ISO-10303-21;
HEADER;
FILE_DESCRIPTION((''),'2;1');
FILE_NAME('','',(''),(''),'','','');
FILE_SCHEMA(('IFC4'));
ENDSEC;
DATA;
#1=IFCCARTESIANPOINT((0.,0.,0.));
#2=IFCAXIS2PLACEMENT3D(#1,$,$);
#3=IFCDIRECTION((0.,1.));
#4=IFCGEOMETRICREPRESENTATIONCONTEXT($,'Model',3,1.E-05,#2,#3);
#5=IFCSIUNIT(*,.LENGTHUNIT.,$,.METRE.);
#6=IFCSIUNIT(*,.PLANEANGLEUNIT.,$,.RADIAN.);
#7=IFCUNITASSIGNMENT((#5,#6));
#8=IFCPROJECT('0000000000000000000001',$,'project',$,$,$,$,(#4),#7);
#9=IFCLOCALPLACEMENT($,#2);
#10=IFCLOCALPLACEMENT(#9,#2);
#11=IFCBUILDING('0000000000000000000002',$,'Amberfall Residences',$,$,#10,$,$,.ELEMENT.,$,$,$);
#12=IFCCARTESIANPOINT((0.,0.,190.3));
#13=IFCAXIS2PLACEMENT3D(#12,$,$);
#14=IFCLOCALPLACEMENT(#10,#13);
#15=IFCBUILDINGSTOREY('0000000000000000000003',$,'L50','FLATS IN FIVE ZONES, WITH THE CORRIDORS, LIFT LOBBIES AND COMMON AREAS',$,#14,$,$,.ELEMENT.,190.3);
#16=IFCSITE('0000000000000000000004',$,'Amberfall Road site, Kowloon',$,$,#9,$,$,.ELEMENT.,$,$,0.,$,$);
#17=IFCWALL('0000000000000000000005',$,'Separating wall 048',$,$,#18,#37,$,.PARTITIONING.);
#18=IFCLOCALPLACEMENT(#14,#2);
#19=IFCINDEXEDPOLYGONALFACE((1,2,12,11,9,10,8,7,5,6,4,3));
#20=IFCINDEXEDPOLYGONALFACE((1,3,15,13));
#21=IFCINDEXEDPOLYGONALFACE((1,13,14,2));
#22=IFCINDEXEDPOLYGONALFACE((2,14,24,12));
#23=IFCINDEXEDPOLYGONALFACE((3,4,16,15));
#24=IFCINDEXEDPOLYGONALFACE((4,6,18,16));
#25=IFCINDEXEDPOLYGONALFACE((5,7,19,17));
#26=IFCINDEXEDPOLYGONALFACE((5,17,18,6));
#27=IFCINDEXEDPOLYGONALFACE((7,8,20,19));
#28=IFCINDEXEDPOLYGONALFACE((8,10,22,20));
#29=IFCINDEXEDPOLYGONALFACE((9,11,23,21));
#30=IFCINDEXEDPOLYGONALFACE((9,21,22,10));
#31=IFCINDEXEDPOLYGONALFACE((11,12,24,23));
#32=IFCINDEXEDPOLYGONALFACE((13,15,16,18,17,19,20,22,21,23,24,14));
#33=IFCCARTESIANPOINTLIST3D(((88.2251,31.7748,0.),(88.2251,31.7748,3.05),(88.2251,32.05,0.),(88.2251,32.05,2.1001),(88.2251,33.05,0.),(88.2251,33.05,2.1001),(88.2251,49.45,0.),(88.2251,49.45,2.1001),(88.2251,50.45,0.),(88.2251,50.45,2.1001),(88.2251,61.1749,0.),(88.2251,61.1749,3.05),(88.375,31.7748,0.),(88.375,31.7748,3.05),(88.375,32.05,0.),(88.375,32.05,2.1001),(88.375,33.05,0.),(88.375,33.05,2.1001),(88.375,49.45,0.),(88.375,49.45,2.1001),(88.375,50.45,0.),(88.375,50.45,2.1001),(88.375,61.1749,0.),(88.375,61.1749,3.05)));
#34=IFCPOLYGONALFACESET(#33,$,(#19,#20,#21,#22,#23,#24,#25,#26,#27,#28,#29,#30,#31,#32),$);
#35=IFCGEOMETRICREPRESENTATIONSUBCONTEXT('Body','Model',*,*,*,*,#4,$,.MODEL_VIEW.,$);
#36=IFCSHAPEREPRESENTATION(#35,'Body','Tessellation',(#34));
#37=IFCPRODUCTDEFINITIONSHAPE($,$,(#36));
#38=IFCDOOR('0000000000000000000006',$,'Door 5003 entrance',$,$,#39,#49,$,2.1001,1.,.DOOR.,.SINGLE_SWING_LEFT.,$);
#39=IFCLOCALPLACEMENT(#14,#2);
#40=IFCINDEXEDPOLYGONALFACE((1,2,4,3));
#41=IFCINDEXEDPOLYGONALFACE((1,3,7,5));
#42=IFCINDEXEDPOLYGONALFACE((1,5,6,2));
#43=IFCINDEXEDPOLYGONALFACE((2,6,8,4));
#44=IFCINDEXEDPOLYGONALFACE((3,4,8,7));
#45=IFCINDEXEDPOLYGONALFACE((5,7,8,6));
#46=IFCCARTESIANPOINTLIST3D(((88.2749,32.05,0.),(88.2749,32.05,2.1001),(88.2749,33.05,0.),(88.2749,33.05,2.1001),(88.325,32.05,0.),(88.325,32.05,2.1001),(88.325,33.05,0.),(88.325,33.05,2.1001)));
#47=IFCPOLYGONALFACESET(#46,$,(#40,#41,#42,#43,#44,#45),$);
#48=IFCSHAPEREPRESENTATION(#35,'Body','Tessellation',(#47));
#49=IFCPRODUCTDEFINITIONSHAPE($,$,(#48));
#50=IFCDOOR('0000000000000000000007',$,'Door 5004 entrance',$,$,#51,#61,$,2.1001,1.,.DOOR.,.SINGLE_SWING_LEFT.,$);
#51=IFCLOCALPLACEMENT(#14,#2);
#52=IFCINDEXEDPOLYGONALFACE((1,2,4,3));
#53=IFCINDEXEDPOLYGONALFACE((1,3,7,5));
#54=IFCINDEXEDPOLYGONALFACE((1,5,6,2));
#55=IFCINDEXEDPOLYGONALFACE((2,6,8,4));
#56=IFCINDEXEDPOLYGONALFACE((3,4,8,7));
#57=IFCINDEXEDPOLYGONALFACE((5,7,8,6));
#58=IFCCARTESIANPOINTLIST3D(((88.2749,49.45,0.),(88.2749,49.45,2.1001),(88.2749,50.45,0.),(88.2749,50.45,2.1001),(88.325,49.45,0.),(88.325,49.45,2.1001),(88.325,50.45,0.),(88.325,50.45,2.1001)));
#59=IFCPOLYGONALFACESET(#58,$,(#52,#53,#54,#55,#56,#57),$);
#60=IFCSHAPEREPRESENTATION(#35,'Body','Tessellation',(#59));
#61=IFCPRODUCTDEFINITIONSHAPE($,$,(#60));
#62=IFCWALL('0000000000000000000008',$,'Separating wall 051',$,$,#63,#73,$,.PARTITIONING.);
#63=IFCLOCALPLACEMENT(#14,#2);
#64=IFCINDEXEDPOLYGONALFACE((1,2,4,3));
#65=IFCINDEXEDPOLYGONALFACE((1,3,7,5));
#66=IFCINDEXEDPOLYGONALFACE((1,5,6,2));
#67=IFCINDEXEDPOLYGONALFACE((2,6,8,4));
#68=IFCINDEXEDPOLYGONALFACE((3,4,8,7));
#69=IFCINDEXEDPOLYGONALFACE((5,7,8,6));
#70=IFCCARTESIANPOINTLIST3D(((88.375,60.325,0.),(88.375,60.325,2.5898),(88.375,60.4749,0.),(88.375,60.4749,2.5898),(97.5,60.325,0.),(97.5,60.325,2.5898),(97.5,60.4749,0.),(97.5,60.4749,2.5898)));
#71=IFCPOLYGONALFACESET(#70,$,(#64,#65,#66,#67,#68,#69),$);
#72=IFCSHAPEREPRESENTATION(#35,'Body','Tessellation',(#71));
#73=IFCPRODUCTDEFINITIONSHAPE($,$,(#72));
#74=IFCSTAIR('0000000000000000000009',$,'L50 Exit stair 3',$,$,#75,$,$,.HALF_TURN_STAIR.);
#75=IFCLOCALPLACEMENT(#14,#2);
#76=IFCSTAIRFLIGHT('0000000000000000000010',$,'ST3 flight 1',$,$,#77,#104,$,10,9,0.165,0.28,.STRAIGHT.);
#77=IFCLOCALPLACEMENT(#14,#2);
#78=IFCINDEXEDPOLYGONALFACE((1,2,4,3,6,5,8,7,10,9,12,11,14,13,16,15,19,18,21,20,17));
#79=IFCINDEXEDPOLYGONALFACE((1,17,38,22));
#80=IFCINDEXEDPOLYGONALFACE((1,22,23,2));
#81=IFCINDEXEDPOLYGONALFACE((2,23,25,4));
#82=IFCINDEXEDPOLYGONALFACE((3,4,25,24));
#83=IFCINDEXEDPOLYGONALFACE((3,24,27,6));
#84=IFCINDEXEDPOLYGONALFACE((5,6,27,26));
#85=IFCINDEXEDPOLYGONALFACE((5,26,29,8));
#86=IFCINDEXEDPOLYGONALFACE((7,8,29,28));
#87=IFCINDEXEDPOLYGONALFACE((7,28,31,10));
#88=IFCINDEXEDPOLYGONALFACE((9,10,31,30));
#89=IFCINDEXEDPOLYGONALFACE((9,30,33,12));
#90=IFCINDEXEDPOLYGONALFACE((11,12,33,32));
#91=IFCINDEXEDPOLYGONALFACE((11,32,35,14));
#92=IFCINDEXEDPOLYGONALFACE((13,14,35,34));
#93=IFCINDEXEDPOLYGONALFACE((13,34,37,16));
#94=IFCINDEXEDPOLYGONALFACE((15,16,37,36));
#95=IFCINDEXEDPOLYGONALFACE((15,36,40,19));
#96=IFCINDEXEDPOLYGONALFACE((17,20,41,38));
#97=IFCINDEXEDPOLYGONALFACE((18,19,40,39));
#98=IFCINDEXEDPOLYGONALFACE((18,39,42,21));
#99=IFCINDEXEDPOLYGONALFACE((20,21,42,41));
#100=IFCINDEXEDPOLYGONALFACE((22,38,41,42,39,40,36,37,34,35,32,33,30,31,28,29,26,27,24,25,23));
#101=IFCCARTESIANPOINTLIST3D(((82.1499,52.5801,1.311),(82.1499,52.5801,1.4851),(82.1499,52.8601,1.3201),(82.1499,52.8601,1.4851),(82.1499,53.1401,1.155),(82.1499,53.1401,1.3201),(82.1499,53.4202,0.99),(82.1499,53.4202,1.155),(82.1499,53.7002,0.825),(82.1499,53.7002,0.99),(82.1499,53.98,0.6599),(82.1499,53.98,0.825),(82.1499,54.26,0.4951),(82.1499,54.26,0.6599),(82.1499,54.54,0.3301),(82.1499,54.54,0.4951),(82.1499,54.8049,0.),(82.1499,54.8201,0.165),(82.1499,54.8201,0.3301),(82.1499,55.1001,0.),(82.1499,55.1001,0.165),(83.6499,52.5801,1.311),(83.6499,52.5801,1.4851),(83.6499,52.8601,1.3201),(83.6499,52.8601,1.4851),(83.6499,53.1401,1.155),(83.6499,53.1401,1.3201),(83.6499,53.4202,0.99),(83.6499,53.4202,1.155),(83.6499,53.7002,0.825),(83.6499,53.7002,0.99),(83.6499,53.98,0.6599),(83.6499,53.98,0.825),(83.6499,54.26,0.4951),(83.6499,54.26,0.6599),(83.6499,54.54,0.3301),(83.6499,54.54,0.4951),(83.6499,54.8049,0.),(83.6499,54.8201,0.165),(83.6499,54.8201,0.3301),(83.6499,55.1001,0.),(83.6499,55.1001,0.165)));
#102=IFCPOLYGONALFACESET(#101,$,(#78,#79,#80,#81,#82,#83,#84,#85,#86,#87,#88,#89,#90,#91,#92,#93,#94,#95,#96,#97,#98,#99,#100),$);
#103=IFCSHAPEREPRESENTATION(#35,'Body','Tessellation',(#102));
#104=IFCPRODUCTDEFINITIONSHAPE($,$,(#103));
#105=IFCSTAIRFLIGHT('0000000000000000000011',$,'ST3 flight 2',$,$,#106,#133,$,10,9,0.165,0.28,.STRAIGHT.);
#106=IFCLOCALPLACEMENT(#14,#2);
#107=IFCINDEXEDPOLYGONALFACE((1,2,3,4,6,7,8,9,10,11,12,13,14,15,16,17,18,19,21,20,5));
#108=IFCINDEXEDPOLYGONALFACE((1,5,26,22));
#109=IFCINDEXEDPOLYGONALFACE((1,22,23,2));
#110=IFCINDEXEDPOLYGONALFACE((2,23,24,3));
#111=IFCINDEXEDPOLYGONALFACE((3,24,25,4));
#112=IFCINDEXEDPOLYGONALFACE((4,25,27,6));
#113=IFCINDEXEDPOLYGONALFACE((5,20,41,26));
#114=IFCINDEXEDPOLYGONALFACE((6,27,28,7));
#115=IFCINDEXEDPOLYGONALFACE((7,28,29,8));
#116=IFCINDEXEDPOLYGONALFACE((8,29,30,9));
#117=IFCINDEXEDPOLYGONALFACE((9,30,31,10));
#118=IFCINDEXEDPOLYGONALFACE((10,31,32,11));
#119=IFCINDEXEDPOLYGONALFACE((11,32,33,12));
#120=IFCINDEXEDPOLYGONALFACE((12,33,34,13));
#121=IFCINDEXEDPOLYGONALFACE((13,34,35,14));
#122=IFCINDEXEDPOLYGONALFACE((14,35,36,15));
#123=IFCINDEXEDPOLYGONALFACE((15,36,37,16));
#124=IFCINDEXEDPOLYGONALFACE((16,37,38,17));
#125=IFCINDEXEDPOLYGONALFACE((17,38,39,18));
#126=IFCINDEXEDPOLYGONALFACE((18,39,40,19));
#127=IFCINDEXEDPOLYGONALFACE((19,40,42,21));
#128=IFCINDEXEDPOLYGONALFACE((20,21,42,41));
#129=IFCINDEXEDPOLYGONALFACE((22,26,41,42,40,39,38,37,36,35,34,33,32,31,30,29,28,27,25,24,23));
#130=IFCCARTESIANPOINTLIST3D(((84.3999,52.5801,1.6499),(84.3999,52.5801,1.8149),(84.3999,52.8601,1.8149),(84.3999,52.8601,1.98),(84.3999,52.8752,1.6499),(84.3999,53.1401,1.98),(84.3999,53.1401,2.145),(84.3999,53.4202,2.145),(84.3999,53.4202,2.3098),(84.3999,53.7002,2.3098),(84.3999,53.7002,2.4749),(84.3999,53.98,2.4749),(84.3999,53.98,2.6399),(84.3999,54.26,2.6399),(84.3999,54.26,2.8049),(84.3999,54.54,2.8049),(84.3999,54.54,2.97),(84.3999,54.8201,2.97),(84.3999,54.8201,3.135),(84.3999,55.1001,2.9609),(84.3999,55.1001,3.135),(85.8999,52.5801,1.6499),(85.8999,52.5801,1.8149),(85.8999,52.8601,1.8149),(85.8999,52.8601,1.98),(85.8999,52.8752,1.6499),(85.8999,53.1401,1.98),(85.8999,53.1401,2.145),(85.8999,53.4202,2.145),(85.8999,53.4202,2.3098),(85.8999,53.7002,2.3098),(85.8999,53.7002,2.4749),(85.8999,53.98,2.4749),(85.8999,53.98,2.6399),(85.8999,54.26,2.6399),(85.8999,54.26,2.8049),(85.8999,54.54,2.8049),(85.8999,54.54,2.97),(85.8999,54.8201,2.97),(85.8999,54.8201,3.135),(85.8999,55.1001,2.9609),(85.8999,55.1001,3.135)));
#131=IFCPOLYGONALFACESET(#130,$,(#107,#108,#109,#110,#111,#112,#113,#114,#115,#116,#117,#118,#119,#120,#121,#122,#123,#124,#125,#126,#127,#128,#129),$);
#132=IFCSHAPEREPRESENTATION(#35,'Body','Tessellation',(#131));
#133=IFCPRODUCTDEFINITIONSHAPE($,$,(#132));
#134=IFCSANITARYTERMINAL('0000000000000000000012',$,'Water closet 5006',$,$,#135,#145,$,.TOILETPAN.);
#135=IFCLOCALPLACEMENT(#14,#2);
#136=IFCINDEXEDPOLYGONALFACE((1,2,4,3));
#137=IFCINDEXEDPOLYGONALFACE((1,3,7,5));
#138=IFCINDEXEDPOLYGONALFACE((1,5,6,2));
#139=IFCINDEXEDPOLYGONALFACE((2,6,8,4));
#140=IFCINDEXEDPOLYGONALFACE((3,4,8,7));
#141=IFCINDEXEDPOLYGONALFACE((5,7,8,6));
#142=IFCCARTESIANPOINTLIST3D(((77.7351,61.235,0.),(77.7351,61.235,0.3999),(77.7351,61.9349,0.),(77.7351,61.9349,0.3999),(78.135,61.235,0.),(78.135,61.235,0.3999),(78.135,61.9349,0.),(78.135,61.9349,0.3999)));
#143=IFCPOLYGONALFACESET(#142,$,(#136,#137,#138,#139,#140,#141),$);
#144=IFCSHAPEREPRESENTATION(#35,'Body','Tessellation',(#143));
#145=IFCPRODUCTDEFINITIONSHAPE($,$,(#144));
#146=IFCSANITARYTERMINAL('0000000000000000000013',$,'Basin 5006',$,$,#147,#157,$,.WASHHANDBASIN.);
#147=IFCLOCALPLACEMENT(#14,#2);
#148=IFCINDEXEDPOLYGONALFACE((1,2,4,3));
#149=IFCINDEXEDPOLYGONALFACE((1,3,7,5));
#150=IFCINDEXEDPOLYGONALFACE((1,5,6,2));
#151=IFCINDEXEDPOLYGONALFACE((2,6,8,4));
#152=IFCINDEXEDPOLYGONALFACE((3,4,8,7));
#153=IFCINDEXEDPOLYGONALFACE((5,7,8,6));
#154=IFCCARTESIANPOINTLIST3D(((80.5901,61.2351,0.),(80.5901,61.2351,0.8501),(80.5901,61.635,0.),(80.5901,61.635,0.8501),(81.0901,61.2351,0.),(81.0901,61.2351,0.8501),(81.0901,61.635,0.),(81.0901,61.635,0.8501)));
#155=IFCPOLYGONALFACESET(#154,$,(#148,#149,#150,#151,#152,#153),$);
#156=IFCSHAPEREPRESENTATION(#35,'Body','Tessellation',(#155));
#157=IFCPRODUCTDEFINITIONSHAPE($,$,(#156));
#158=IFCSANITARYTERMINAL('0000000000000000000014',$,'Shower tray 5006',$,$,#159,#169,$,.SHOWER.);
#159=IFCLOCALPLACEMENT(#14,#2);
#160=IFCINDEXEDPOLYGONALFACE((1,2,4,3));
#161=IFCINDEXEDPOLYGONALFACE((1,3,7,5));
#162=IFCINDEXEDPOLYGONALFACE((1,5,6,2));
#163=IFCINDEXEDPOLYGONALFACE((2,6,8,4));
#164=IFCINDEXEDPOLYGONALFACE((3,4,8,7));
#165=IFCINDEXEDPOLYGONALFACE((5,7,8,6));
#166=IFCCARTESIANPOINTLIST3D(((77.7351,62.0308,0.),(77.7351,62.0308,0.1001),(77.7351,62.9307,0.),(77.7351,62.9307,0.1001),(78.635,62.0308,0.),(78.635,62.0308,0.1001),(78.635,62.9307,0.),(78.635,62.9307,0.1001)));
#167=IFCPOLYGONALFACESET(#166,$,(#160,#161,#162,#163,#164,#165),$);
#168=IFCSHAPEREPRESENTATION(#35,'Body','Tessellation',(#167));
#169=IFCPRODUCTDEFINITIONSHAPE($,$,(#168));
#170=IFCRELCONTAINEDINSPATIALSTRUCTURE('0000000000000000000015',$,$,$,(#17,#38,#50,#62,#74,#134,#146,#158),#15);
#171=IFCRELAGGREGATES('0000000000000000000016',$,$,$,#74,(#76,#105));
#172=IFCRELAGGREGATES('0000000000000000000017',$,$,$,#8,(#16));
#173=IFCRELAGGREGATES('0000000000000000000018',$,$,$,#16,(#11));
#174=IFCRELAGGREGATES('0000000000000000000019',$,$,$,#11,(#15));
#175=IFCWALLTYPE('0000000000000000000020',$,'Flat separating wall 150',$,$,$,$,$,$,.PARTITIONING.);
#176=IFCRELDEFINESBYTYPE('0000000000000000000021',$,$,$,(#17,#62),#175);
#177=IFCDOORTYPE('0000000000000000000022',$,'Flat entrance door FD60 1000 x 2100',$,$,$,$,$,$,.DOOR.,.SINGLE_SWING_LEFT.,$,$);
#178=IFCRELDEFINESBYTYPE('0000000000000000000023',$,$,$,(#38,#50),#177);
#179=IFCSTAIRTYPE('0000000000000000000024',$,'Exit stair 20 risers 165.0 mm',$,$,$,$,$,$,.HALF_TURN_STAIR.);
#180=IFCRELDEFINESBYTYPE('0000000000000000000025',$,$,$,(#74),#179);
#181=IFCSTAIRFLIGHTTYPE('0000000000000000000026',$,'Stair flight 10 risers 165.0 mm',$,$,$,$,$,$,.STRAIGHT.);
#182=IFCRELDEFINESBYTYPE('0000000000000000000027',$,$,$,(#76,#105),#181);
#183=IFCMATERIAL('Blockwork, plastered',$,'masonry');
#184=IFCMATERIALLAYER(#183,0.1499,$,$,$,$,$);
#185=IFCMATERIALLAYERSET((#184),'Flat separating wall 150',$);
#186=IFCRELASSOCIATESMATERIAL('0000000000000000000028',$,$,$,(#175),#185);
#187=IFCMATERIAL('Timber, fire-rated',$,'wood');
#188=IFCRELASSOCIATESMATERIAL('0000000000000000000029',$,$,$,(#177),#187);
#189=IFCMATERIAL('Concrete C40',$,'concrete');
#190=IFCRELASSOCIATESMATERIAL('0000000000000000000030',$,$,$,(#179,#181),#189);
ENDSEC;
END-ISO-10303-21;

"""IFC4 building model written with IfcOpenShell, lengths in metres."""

from ifc_helpers import new_model, si_unit, direction, frame, frame_2d, origin, origin_2d, place, context, subcontext, project, spatial, polyline, rectangle, outline, extrude, material, layer, layer_set, type_object, element, fill, aggregate, save


model = new_model("IFC4")

# Units and contexts
model_context = context("Model", 3, precision=1e-05, world=origin(), true_north=direction((0.0, 1.0)))
body_context = subcontext(model_context, "Body", "Model", "MODEL_VIEW")
ifc_project = project(units=[si_unit("LENGTHUNIT", "METRE"), si_unit("PLANEANGLEUNIT", "RADIAN")], contexts=[model_context])

# Site, building, storey
site_placement = place(None, origin())
site = spatial("IfcSite", under=ifc_project, at=site_placement, Name="Amberfall Road site, Kowloon", CompositionType="ELEMENT", RefElevation=0.0)
building_placement = place(site_placement, origin())
building = spatial("IfcBuilding", under=site, at=building_placement, Name="Amberfall Residences", CompositionType="ELEMENT")
storey_placement = place(building_placement, frame((0.0, 0.0, 190.3)))
storey = spatial("IfcBuildingStorey", under=building, at=storey_placement, Name="L50", Description="FLATS IN FIVE ZONES, WITH THE CORRIDORS, LIFT LOBBIES AND COMMON AREAS", CompositionType="ELEMENT", Elevation=190.3)

# Shared definitions
ifc_material_1 = material(Name="Blockwork, plastered", Category="masonry")
ifc_layer_1 = layer(ifc_material_1, 0.1499)
ifc_layer_set_1 = layer_set([ifc_layer_1], Name="Flat separating wall 150")
wall_type_1 = type_object("IfcWallType", Name="Flat separating wall 150", PredefinedType="PARTITIONING", material=ifc_layer_set_1)

# Wall, openings, doors
wall_1_placement = place(storey_placement, frame((88.3, 61.175, 0.0), z_axis=(0.0, 0.0, 1.0), x_axis=(0.0, -1.0, 0.0)))
wall_1 = element("IfcWall", 1, at=wall_1_placement, inside=storey, type_object=wall_type_1, Name="Separating wall 048", PredefinedType="PARTITIONING", context=body_context, shape_type="SweptSolid", body=[
    extrude(rectangle(XDim=29.4001, YDim=0.1499, at=frame_2d((14.7002, 0.0))), origin(), (0.0, 0.0, 1.0), 3.05),
])
opening_1_placement = place(wall_1_placement, frame((28.125, 0.0, 0.0)))
opening_1 = element("IfcOpeningElement", 2, at=opening_1_placement, cuts=wall_1, PredefinedType="OPENING", context=body_context, shape_type="SweptSolid", body=[
    extrude(rectangle(XDim=1.0, YDim=2.1001, at=frame_2d((0.5, 1.05))), frame((0.0, 0.085, 0.0), z_axis=(0.0, -1.0, 0.0), x_axis=(1.0, 0.0, 0.0)), (0.0, 0.0, 1.0), 0.1699),
])
opening_2_placement = place(wall_1_placement, frame((10.7251, 0.0, 0.0)))
opening_2 = element("IfcOpeningElement", 3, at=opening_2_placement, cuts=wall_1, PredefinedType="OPENING", context=body_context, shape_type="SweptSolid", body=[
    extrude(rectangle(XDim=1.0, YDim=2.1001, at=frame_2d((0.5, 1.05))), frame((0.0, 0.085, 0.0), z_axis=(0.0, -1.0, 0.0), x_axis=(1.0, 0.0, 0.0)), (0.0, 0.0, 1.0), 0.1699),
])
ifc_material_2 = material(Name="Timber, fire-rated", Category="wood")
door_type_1 = type_object("IfcDoorType", Name="Flat entrance door FD60 1000 x 2100", OperationType="SINGLE_SWING_LEFT", PredefinedType="DOOR", material=ifc_material_2)
door_1_placement = place(opening_1_placement, origin())
door_1 = element("IfcDoor", 4, at=door_1_placement, inside=storey, type_object=door_type_1, Name="Door 5003 entrance", OperationType="SINGLE_SWING_LEFT", OverallHeight=2.1001, OverallWidth=1.0, PredefinedType="DOOR", context=body_context, shape_type="SweptSolid", body=[
    extrude(rectangle(XDim=1.0, YDim=2.1001, at=frame_2d((0.5, 1.05))), frame((0.0, 0.0249, 0.0), z_axis=(0.0, -1.0, 0.0), x_axis=(1.0, 0.0, 0.0)), (0.0, 0.0, 1.0), 0.05),
])
fill(opening_1, door_1)
door_2_placement = place(opening_2_placement, origin())
door_2 = element("IfcDoor", 5, at=door_2_placement, inside=storey, type_object=door_type_1, Name="Door 5004 entrance", OperationType="SINGLE_SWING_LEFT", OverallHeight=2.1001, OverallWidth=1.0, PredefinedType="DOOR", context=body_context, shape_type="SweptSolid", body=[
    extrude(rectangle(XDim=1.0, YDim=2.1001, at=frame_2d((0.5, 1.05))), frame((0.0, 0.0249, 0.0), z_axis=(0.0, -1.0, 0.0), x_axis=(1.0, 0.0, 0.0)), (0.0, 0.0, 1.0), 0.05),
])
fill(opening_2, door_2)

# Wall
wall_2_placement = place(storey_placement, frame((88.375, 60.3999, 0.0), z_axis=(0.0, 0.0, 1.0), x_axis=(1.0, 0.0, 0.0)))
element("IfcWall", 6, at=wall_2_placement, inside=storey, type_object=wall_type_1, Name="Separating wall 051", PredefinedType="PARTITIONING", context=body_context, shape_type="SweptSolid", body=[
    extrude(rectangle(XDim=9.125, YDim=0.1499, at=frame_2d((4.5625, 0.0))), origin(), (0.0, 0.0, 1.0), 2.5898),
])

# Stair, stair flights
ifc_material_3 = material(Name="Concrete C40", Category="concrete")
stair_type = type_object("IfcStairType", Name="Exit stair 20 risers 165.0 mm", PredefinedType="HALF_TURN_STAIR", material=ifc_material_3)
stair_placement = place(storey_placement, origin())
stair = element("IfcStair", 7, at=stair_placement, inside=storey, type_object=stair_type, Name="L50 Exit stair 3", PredefinedType="HALF_TURN_STAIR")
stair_flight_type = type_object("IfcStairFlightType", Name="Stair flight 10 risers 165.0 mm", PredefinedType="STRAIGHT", material=ifc_material_3)
stair_flight_1_placement = place(storey_placement, frame((82.8999, 55.1001, 0.0), z_axis=(0.0, 0.0, 1.0), x_axis=(0.0, -1.0, 0.0)))
stair_flight_1 = element("IfcStairFlight", 8, at=stair_flight_1_placement, type_object=stair_flight_type, Name="ST3 flight 1", NumberOfRisers=10, NumberOfTreads=9, PredefinedType="STRAIGHT", RiserHeight=0.165, TreadLength=0.28, context=body_context, shape_type="SweptSolid", body=[
    extrude(outline(polyline([(0.0, 0.0), (0.0, 0.165), (0.28, 0.165), (0.28, 0.3301), (0.5601, 0.3301), (0.5601, 0.4951), (0.8401, 0.4951), (0.8401, 0.6599), (1.1201, 0.6599), (1.1201, 0.825), (1.3999, 0.825), (1.3999, 0.99), (1.6799, 0.99), (1.6799, 1.155), (1.96, 1.155), (1.96, 1.3201), (2.24, 1.3201), (2.24, 1.4851), (2.52, 1.4851), (2.52, 1.6499), (2.52, 1.311), (0.2952, 0.0), (0.0, 0.0)])), frame((0.0, 0.75, 0.0), z_axis=(0.0, -1.0, 0.0), x_axis=(1.0, 0.0, 0.0)), (0.0, 0.0, 1.0), 1.5),
])
stair_flight_2_placement = place(storey_placement, frame((85.1499, 52.5801, 1.6499), z_axis=(0.0, 0.0, 1.0), x_axis=(0.0, 1.0, 0.0)))
stair_flight_2 = element("IfcStairFlight", 9, at=stair_flight_2_placement, type_object=stair_flight_type, Name="ST3 flight 2", NumberOfRisers=10, NumberOfTreads=9, PredefinedType="STRAIGHT", RiserHeight=0.165, TreadLength=0.28, context=body_context, shape_type="SweptSolid", body=[
    extrude(outline(polyline([(0.0, 0.0), (0.0, 0.165), (0.28, 0.165), (0.28, 0.3301), (0.5601, 0.3301), (0.5601, 0.4951), (0.8401, 0.4951), (0.8401, 0.6599), (1.1201, 0.6599), (1.1201, 0.825), (1.3999, 0.825), (1.3999, 0.99), (1.6799, 0.99), (1.6799, 1.155), (1.96, 1.155), (1.96, 1.3201), (2.24, 1.3201), (2.24, 1.4851), (2.52, 1.4851), (2.52, 1.6499), (2.52, 1.311), (0.2952, 0.0), (0.0, 0.0)])), frame((0.0, 0.75, 0.0), z_axis=(0.0, -1.0, 0.0), x_axis=(1.0, 0.0, 0.0)), (0.0, 0.0, 1.0), 1.5),
])
aggregate(stair, [stair_flight_1, stair_flight_2])

# Sanitary terminals
sanitary_terminal_1_placement = place(storey_placement, frame((77.9351, 61.585, 0.0), z_axis=(0.0, 0.0, 1.0), x_axis=(1.0, 0.0, 0.0)))
element("IfcSanitaryTerminal", 10, at=sanitary_terminal_1_placement, inside=storey, Name="Water closet 5006", PredefinedType="TOILETPAN", context=body_context, shape_type="SweptSolid", body=[
    extrude(rectangle(XDim=0.3999, YDim=0.7, at=origin_2d()), origin(), (0.0, 0.0, 1.0), 0.3999),
])
sanitary_terminal_2_placement = place(storey_placement, frame((80.8401, 61.4351, 0.0), z_axis=(0.0, 0.0, 1.0), x_axis=(1.0, 0.0, 0.0)))
element("IfcSanitaryTerminal", 11, at=sanitary_terminal_2_placement, inside=storey, Name="Basin 5006", PredefinedType="WASHHANDBASIN", context=body_context, shape_type="SweptSolid", body=[
    extrude(rectangle(XDim=0.5, YDim=0.3999, at=origin_2d()), origin(), (0.0, 0.0, 1.0), 0.8501),
])
sanitary_terminal_3_placement = place(storey_placement, frame((78.1851, 62.4807, 0.0), z_axis=(0.0, 0.0, 1.0), x_axis=(1.0, 0.0, 0.0)))
element("IfcSanitaryTerminal", 12, at=sanitary_terminal_3_placement, inside=storey, Name="Shower tray 5006", PredefinedType="SHOWER", context=body_context, shape_type="SweptSolid", body=[
    extrude(rectangle(XDim=0.8999, YDim=0.8999, at=origin_2d()), origin(), (0.0, 0.0, 1.0), 0.1001),
])

save(model, "model.ifc")
